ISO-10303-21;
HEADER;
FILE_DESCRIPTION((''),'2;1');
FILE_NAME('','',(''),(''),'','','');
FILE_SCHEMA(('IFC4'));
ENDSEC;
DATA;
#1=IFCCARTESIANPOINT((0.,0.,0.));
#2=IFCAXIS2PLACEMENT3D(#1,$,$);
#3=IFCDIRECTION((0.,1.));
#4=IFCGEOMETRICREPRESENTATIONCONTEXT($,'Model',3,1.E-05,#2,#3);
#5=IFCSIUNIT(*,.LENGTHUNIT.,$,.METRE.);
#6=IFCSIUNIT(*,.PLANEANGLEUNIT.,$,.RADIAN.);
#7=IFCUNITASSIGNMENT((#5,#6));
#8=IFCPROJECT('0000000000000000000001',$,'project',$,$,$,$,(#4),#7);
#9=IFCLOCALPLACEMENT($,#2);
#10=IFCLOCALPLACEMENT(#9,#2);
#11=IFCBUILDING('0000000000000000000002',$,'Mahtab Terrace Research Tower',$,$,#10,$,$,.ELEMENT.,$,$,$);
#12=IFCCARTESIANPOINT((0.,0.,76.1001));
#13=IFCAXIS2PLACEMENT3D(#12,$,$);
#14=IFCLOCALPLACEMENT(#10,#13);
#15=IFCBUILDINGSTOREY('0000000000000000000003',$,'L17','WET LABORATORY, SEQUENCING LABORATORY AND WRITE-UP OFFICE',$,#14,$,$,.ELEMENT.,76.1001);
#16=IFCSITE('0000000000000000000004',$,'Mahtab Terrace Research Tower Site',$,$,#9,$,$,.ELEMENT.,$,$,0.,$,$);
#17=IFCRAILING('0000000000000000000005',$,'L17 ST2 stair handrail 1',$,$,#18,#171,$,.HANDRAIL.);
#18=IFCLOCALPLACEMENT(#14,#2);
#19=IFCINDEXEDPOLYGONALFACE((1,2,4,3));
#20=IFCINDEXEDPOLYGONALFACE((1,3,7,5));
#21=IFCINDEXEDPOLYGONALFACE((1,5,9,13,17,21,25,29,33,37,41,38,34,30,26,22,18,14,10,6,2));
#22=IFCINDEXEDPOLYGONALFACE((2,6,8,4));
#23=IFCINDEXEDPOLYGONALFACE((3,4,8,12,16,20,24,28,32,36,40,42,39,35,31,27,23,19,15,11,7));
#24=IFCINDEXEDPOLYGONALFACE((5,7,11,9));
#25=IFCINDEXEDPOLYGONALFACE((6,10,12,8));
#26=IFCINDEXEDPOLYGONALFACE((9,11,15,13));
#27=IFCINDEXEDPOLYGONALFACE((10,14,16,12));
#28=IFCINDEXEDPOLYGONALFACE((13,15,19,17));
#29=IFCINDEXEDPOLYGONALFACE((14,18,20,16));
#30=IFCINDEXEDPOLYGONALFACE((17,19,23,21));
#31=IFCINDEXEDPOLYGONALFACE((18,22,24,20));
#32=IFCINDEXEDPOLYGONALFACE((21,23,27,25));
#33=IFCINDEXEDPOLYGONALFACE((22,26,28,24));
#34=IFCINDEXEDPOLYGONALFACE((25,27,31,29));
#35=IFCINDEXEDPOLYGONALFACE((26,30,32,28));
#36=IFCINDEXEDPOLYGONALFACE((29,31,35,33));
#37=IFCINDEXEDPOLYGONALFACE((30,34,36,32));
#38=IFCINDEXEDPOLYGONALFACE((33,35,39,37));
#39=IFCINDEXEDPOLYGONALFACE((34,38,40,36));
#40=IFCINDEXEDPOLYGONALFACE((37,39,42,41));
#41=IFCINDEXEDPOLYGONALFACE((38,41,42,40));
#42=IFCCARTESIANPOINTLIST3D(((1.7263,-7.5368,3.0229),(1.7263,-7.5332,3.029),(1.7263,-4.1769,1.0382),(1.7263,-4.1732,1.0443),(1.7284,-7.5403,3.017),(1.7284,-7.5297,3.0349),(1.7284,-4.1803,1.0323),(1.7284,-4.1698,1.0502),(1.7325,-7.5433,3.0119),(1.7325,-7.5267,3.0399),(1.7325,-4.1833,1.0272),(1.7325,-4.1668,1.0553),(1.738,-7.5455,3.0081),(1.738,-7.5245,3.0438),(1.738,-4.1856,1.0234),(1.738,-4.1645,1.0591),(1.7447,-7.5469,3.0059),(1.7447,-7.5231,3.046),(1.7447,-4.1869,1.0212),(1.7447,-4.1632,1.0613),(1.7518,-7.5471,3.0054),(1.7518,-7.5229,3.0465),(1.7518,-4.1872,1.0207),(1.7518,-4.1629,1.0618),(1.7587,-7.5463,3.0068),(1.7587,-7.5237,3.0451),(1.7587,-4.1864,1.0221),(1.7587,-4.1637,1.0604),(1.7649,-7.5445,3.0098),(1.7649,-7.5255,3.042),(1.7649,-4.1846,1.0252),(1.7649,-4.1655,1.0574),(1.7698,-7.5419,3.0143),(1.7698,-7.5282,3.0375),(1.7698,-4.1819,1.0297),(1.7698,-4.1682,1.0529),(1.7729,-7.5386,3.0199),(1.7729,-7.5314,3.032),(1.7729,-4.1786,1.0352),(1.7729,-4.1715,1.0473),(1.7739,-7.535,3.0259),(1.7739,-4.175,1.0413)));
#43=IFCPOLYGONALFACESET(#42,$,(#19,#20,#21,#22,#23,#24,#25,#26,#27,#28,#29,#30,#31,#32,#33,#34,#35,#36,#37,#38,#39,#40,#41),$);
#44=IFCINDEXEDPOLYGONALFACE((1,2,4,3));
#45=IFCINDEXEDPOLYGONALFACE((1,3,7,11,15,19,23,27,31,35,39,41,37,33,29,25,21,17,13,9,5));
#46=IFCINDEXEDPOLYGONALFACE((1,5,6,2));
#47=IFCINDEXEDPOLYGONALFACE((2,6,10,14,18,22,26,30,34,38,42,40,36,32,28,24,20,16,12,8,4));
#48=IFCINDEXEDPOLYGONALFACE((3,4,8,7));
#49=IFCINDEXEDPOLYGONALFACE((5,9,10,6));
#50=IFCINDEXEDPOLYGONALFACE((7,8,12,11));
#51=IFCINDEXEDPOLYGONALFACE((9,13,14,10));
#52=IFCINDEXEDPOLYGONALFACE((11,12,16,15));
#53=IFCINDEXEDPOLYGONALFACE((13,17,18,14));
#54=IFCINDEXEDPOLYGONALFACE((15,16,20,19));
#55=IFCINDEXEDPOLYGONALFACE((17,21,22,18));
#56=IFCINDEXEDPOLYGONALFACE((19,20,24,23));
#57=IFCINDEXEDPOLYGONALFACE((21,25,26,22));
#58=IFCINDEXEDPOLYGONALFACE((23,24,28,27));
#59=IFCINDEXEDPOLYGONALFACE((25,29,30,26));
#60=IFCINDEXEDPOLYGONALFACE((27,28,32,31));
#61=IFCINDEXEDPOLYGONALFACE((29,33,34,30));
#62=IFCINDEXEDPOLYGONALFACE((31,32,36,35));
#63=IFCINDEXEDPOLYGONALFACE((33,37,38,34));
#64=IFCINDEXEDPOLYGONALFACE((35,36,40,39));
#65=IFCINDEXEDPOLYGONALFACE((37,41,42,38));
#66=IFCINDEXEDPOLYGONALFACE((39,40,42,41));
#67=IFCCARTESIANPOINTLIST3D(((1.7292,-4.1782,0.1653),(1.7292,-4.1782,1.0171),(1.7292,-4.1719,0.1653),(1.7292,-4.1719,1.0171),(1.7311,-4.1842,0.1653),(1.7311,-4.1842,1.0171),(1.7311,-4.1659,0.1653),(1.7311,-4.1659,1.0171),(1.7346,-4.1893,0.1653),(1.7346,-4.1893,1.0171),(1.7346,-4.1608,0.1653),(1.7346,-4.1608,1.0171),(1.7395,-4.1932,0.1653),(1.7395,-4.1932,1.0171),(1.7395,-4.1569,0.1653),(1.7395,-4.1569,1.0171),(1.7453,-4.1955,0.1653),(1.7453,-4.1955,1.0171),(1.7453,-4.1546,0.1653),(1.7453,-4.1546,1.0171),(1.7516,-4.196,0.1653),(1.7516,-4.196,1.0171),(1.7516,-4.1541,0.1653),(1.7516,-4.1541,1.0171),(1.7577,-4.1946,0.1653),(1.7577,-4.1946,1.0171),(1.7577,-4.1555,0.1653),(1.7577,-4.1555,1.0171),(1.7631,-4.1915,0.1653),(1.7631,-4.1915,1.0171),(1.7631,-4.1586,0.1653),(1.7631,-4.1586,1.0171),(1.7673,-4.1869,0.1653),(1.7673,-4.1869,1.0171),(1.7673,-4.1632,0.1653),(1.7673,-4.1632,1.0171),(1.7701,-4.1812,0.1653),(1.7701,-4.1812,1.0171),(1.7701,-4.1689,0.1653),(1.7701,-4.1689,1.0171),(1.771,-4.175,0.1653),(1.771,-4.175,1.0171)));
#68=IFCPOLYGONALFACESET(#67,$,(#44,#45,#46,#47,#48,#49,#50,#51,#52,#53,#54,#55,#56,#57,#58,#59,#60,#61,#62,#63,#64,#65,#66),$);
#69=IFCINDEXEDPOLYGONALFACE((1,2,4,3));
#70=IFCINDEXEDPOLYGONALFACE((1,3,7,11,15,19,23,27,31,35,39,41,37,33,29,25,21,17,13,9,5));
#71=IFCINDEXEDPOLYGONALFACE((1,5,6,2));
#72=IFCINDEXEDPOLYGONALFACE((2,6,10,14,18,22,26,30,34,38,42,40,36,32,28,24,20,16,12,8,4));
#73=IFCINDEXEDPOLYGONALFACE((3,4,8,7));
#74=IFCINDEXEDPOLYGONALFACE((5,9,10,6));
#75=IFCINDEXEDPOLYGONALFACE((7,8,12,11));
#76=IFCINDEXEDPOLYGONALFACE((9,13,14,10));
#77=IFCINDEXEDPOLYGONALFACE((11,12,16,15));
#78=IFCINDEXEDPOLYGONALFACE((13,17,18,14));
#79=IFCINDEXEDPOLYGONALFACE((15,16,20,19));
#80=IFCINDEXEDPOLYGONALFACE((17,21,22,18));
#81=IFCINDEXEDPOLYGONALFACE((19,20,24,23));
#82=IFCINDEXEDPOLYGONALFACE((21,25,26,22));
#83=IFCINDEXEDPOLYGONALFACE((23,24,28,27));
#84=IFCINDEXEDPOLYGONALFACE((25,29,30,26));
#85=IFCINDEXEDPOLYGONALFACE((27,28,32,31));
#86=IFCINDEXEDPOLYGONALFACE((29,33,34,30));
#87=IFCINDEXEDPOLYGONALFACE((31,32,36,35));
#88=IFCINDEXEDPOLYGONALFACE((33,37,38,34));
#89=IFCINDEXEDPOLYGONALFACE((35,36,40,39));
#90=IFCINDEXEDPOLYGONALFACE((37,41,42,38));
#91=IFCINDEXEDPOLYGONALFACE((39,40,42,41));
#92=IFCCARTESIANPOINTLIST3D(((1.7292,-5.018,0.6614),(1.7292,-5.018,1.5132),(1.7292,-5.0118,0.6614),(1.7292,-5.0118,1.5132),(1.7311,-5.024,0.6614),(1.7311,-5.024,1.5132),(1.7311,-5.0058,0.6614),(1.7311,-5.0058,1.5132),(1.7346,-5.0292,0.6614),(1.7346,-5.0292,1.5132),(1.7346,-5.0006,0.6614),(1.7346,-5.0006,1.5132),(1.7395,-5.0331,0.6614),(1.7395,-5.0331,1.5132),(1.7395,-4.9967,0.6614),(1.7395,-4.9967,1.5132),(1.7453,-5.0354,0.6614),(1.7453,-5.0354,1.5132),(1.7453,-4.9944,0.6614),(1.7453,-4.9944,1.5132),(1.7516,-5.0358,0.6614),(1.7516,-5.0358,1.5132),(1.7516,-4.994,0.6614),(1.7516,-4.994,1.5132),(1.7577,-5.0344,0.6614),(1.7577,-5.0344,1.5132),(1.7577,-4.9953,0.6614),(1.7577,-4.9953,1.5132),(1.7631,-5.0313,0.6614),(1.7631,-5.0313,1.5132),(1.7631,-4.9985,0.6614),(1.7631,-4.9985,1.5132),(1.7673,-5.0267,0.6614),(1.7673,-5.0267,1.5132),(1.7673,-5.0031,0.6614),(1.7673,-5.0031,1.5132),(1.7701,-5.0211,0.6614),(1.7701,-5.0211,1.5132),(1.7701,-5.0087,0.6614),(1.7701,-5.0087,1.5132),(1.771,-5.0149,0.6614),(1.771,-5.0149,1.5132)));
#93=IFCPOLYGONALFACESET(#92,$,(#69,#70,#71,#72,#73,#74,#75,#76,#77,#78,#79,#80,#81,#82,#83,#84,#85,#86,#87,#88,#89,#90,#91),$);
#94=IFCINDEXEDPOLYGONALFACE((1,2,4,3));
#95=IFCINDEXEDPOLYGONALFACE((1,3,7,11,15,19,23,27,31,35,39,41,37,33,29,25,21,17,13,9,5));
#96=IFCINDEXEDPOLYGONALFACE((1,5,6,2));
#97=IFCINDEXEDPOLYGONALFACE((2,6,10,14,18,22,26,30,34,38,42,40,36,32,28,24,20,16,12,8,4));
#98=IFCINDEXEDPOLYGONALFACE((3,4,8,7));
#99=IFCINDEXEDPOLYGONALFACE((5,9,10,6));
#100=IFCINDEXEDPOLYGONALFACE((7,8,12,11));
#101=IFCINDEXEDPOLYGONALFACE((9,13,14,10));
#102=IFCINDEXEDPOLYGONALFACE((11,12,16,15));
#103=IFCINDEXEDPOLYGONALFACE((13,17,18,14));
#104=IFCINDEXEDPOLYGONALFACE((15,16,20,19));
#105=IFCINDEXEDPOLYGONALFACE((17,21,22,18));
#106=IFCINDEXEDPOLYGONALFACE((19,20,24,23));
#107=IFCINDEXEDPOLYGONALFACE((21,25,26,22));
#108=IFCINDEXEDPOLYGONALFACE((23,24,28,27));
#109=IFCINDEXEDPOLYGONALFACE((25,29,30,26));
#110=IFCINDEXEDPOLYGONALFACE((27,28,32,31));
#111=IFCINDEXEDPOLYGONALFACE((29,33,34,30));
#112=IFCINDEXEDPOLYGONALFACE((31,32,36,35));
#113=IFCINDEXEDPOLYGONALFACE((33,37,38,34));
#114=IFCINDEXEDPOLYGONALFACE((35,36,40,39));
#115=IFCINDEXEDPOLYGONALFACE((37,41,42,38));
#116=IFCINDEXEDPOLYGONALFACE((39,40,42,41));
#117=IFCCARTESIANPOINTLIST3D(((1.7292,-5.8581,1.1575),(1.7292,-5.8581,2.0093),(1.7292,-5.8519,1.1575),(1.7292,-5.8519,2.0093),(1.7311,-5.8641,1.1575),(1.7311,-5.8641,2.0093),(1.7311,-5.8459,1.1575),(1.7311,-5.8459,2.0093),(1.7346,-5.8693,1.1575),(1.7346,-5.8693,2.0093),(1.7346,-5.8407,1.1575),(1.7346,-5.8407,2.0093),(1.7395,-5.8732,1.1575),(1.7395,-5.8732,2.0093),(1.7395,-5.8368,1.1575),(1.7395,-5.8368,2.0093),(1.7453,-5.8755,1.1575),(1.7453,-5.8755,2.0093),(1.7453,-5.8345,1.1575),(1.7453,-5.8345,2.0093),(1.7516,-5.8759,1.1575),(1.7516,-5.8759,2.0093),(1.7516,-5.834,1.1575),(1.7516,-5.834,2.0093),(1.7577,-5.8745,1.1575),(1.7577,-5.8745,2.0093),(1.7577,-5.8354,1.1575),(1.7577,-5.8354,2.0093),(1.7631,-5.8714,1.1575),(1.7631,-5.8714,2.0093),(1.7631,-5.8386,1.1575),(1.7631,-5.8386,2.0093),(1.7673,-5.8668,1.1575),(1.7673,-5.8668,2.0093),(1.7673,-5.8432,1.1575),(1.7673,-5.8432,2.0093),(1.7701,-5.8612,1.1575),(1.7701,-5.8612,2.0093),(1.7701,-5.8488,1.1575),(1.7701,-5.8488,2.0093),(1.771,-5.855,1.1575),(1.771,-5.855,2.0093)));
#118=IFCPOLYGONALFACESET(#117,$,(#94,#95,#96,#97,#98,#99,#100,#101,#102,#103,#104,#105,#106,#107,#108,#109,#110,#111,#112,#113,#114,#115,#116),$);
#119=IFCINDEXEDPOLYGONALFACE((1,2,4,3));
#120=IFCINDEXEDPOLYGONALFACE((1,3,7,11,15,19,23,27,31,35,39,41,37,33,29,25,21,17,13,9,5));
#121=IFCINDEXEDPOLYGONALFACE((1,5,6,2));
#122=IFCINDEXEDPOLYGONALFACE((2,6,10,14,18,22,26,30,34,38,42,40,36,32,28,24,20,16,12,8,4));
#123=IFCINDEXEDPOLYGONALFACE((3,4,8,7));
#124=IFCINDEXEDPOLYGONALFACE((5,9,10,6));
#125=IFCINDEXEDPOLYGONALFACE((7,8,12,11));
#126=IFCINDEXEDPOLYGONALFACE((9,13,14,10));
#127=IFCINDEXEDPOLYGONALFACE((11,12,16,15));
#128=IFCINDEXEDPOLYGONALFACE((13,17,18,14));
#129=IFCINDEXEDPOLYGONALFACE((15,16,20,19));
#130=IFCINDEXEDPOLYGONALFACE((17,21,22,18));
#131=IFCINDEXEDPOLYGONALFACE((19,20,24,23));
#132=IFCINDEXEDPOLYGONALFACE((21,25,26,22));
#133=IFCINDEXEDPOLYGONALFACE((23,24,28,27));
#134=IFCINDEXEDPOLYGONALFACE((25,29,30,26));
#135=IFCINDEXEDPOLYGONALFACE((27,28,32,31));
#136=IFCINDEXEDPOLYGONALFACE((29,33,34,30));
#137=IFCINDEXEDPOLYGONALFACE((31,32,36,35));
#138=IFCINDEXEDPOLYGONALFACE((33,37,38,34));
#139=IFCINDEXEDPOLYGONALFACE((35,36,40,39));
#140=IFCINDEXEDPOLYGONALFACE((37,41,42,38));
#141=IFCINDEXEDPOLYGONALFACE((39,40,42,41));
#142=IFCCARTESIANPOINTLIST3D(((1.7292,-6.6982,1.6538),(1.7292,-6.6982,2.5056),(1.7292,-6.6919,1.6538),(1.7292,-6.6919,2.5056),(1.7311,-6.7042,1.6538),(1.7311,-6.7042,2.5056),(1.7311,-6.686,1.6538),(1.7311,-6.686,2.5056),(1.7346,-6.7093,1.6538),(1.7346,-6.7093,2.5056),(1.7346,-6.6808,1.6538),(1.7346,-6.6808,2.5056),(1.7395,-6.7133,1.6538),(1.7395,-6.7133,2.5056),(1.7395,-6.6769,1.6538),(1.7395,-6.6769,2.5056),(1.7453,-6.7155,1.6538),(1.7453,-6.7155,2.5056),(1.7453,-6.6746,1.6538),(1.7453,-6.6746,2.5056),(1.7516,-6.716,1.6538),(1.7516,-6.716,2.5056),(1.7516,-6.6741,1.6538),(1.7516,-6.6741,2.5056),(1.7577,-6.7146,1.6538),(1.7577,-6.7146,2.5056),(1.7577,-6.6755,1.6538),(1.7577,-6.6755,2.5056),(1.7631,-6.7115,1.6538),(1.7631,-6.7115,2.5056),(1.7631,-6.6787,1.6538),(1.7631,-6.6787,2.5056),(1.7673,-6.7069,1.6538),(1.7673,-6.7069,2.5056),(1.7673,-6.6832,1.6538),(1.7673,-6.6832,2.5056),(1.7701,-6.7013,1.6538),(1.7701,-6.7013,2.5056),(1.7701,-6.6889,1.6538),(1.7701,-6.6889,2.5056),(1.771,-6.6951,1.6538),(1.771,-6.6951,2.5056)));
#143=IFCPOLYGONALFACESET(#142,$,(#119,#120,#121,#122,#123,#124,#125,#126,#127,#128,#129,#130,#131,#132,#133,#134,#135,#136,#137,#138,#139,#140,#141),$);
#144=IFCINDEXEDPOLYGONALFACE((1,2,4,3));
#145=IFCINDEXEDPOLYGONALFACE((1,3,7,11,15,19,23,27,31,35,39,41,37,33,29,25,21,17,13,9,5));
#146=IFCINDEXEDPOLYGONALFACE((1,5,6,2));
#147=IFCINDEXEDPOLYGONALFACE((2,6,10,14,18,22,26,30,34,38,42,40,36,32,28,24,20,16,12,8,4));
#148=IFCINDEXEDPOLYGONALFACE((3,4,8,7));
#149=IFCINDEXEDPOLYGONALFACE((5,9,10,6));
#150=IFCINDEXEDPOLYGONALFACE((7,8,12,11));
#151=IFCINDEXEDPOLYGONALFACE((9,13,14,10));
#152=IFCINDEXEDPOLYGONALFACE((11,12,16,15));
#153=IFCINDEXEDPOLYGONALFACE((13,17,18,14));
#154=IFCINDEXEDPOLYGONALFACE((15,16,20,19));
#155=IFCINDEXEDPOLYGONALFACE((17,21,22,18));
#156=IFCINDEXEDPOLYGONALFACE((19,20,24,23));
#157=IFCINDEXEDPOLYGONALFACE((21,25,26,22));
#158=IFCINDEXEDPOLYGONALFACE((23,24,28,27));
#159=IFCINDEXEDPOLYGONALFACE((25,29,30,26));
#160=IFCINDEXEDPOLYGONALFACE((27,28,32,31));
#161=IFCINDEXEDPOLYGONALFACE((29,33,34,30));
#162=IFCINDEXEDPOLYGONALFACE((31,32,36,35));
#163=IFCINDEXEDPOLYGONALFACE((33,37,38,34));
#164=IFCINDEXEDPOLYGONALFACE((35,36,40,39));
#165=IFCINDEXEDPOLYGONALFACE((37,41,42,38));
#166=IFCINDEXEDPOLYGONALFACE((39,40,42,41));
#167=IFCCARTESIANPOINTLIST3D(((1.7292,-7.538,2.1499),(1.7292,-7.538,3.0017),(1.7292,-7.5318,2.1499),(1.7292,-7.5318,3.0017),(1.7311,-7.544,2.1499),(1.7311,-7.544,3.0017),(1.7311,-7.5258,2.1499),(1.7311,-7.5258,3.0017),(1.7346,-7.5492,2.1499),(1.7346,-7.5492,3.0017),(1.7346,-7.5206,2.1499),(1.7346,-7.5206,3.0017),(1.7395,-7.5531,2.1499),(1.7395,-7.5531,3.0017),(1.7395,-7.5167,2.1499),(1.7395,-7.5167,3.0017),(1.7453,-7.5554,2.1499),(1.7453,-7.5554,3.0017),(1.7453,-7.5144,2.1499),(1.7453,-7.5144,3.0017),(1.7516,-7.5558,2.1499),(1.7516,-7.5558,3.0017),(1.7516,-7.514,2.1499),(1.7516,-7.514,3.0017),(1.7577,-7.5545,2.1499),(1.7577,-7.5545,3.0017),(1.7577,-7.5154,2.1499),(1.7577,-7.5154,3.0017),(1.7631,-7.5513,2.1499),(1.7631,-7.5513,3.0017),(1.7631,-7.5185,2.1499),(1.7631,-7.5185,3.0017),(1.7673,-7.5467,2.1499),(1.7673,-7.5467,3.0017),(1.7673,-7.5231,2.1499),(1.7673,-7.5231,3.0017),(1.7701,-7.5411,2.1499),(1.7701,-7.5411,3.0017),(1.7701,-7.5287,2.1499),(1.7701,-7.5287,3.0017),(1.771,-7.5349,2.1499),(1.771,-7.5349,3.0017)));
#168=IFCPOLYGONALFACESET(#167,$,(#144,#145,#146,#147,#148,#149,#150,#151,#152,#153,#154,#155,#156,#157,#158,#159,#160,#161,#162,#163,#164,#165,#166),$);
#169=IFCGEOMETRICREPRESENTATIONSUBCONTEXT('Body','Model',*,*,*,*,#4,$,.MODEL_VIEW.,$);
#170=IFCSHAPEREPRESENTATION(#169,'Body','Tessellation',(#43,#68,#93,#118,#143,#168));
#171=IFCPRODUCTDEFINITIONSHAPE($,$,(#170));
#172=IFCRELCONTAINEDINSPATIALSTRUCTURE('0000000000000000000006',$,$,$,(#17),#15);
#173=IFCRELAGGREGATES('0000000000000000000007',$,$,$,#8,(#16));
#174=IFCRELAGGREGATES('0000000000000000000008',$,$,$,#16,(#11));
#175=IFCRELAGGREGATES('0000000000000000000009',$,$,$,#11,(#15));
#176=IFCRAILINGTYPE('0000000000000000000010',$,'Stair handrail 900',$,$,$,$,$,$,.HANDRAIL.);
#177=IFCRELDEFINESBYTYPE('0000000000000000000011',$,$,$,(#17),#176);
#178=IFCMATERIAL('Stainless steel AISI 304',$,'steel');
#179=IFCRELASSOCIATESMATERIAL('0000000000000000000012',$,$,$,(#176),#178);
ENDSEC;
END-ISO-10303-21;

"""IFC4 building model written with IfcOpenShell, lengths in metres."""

from ifc_helpers import new_model, si_unit, direction, frame, origin, origin_2d, place, context, subcontext, project, spatial, circle, extrude, material, type_object, element, save


model = new_model("IFC4")

# Units and contexts
model_context = context("Model", 3, precision=1e-05, world=origin(), true_north=direction((0.0, 1.0)))
body_context = subcontext(model_context, "Body", "Model", "MODEL_VIEW")
ifc_project = project(units=[si_unit("LENGTHUNIT", "METRE"), si_unit("PLANEANGLEUNIT", "RADIAN")], contexts=[model_context])

# Site, building, storey
site_placement = place(None, origin())
site = spatial("IfcSite", under=ifc_project, at=site_placement, Name="Mahtab Terrace Research Tower Site", CompositionType="ELEMENT", RefElevation=0.0)
building_placement = place(site_placement, origin())
building = spatial("IfcBuilding", under=site, at=building_placement, Name="Mahtab Terrace Research Tower", CompositionType="ELEMENT")
storey_placement = place(building_placement, frame((0.0, 0.0, 76.1001)))
storey = spatial("IfcBuildingStorey", under=building, at=storey_placement, Name="L17", Description="WET LABORATORY, SEQUENCING LABORATORY AND WRITE-UP OFFICE", CompositionType="ELEMENT", Elevation=76.1001)

# Railing
ifc_material_1 = material(Name="Stainless steel AISI 304", Category="steel")
railing_type_1 = type_object("IfcRailingType", Name="Stair handrail 900", PredefinedType="HANDRAIL", material=ifc_material_1)
railing_1_placement = place(storey_placement, frame((1.75, -4.175, 0.1653)))
element("IfcRailing", 1, at=railing_1_placement, inside=storey, type_object=railing_type_1, Name="L17 ST2 stair handrail 1", PredefinedType="HANDRAIL", context=body_context, shape_type="SweptSolid", body=[
    extrude(circle(Radius=0.0239, at=origin_2d()), frame((0.0, 0.0, 0.876), z_axis=(0.0, -0.861011, 0.508586), x_axis=(1.0, 0.0, 0.0)), (0.0, 0.0, 1.0), 3.9023),
    extrude(circle(Radius=0.021, at=origin_2d()), origin(), (0.0, 0.0, 1.0), 0.8518),
    extrude(circle(Radius=0.021, at=origin_2d()), frame((0.0, -0.8398, 0.4961)), (0.0, 0.0, 1.0), 0.8518),
    extrude(circle(Radius=0.021, at=origin_2d()), frame((0.0, -1.6799, 0.9922)), (0.0, 0.0, 1.0), 0.8518),
    extrude(circle(Radius=0.021, at=origin_2d()), frame((0.0, -2.52, 1.4885)), (0.0, 0.0, 1.0), 0.8518),
    extrude(circle(Radius=0.021, at=origin_2d()), frame((0.0, -3.3599, 1.9846)), (0.0, 0.0, 1.0), 0.8518),
])

save(model, "model.ifc")
